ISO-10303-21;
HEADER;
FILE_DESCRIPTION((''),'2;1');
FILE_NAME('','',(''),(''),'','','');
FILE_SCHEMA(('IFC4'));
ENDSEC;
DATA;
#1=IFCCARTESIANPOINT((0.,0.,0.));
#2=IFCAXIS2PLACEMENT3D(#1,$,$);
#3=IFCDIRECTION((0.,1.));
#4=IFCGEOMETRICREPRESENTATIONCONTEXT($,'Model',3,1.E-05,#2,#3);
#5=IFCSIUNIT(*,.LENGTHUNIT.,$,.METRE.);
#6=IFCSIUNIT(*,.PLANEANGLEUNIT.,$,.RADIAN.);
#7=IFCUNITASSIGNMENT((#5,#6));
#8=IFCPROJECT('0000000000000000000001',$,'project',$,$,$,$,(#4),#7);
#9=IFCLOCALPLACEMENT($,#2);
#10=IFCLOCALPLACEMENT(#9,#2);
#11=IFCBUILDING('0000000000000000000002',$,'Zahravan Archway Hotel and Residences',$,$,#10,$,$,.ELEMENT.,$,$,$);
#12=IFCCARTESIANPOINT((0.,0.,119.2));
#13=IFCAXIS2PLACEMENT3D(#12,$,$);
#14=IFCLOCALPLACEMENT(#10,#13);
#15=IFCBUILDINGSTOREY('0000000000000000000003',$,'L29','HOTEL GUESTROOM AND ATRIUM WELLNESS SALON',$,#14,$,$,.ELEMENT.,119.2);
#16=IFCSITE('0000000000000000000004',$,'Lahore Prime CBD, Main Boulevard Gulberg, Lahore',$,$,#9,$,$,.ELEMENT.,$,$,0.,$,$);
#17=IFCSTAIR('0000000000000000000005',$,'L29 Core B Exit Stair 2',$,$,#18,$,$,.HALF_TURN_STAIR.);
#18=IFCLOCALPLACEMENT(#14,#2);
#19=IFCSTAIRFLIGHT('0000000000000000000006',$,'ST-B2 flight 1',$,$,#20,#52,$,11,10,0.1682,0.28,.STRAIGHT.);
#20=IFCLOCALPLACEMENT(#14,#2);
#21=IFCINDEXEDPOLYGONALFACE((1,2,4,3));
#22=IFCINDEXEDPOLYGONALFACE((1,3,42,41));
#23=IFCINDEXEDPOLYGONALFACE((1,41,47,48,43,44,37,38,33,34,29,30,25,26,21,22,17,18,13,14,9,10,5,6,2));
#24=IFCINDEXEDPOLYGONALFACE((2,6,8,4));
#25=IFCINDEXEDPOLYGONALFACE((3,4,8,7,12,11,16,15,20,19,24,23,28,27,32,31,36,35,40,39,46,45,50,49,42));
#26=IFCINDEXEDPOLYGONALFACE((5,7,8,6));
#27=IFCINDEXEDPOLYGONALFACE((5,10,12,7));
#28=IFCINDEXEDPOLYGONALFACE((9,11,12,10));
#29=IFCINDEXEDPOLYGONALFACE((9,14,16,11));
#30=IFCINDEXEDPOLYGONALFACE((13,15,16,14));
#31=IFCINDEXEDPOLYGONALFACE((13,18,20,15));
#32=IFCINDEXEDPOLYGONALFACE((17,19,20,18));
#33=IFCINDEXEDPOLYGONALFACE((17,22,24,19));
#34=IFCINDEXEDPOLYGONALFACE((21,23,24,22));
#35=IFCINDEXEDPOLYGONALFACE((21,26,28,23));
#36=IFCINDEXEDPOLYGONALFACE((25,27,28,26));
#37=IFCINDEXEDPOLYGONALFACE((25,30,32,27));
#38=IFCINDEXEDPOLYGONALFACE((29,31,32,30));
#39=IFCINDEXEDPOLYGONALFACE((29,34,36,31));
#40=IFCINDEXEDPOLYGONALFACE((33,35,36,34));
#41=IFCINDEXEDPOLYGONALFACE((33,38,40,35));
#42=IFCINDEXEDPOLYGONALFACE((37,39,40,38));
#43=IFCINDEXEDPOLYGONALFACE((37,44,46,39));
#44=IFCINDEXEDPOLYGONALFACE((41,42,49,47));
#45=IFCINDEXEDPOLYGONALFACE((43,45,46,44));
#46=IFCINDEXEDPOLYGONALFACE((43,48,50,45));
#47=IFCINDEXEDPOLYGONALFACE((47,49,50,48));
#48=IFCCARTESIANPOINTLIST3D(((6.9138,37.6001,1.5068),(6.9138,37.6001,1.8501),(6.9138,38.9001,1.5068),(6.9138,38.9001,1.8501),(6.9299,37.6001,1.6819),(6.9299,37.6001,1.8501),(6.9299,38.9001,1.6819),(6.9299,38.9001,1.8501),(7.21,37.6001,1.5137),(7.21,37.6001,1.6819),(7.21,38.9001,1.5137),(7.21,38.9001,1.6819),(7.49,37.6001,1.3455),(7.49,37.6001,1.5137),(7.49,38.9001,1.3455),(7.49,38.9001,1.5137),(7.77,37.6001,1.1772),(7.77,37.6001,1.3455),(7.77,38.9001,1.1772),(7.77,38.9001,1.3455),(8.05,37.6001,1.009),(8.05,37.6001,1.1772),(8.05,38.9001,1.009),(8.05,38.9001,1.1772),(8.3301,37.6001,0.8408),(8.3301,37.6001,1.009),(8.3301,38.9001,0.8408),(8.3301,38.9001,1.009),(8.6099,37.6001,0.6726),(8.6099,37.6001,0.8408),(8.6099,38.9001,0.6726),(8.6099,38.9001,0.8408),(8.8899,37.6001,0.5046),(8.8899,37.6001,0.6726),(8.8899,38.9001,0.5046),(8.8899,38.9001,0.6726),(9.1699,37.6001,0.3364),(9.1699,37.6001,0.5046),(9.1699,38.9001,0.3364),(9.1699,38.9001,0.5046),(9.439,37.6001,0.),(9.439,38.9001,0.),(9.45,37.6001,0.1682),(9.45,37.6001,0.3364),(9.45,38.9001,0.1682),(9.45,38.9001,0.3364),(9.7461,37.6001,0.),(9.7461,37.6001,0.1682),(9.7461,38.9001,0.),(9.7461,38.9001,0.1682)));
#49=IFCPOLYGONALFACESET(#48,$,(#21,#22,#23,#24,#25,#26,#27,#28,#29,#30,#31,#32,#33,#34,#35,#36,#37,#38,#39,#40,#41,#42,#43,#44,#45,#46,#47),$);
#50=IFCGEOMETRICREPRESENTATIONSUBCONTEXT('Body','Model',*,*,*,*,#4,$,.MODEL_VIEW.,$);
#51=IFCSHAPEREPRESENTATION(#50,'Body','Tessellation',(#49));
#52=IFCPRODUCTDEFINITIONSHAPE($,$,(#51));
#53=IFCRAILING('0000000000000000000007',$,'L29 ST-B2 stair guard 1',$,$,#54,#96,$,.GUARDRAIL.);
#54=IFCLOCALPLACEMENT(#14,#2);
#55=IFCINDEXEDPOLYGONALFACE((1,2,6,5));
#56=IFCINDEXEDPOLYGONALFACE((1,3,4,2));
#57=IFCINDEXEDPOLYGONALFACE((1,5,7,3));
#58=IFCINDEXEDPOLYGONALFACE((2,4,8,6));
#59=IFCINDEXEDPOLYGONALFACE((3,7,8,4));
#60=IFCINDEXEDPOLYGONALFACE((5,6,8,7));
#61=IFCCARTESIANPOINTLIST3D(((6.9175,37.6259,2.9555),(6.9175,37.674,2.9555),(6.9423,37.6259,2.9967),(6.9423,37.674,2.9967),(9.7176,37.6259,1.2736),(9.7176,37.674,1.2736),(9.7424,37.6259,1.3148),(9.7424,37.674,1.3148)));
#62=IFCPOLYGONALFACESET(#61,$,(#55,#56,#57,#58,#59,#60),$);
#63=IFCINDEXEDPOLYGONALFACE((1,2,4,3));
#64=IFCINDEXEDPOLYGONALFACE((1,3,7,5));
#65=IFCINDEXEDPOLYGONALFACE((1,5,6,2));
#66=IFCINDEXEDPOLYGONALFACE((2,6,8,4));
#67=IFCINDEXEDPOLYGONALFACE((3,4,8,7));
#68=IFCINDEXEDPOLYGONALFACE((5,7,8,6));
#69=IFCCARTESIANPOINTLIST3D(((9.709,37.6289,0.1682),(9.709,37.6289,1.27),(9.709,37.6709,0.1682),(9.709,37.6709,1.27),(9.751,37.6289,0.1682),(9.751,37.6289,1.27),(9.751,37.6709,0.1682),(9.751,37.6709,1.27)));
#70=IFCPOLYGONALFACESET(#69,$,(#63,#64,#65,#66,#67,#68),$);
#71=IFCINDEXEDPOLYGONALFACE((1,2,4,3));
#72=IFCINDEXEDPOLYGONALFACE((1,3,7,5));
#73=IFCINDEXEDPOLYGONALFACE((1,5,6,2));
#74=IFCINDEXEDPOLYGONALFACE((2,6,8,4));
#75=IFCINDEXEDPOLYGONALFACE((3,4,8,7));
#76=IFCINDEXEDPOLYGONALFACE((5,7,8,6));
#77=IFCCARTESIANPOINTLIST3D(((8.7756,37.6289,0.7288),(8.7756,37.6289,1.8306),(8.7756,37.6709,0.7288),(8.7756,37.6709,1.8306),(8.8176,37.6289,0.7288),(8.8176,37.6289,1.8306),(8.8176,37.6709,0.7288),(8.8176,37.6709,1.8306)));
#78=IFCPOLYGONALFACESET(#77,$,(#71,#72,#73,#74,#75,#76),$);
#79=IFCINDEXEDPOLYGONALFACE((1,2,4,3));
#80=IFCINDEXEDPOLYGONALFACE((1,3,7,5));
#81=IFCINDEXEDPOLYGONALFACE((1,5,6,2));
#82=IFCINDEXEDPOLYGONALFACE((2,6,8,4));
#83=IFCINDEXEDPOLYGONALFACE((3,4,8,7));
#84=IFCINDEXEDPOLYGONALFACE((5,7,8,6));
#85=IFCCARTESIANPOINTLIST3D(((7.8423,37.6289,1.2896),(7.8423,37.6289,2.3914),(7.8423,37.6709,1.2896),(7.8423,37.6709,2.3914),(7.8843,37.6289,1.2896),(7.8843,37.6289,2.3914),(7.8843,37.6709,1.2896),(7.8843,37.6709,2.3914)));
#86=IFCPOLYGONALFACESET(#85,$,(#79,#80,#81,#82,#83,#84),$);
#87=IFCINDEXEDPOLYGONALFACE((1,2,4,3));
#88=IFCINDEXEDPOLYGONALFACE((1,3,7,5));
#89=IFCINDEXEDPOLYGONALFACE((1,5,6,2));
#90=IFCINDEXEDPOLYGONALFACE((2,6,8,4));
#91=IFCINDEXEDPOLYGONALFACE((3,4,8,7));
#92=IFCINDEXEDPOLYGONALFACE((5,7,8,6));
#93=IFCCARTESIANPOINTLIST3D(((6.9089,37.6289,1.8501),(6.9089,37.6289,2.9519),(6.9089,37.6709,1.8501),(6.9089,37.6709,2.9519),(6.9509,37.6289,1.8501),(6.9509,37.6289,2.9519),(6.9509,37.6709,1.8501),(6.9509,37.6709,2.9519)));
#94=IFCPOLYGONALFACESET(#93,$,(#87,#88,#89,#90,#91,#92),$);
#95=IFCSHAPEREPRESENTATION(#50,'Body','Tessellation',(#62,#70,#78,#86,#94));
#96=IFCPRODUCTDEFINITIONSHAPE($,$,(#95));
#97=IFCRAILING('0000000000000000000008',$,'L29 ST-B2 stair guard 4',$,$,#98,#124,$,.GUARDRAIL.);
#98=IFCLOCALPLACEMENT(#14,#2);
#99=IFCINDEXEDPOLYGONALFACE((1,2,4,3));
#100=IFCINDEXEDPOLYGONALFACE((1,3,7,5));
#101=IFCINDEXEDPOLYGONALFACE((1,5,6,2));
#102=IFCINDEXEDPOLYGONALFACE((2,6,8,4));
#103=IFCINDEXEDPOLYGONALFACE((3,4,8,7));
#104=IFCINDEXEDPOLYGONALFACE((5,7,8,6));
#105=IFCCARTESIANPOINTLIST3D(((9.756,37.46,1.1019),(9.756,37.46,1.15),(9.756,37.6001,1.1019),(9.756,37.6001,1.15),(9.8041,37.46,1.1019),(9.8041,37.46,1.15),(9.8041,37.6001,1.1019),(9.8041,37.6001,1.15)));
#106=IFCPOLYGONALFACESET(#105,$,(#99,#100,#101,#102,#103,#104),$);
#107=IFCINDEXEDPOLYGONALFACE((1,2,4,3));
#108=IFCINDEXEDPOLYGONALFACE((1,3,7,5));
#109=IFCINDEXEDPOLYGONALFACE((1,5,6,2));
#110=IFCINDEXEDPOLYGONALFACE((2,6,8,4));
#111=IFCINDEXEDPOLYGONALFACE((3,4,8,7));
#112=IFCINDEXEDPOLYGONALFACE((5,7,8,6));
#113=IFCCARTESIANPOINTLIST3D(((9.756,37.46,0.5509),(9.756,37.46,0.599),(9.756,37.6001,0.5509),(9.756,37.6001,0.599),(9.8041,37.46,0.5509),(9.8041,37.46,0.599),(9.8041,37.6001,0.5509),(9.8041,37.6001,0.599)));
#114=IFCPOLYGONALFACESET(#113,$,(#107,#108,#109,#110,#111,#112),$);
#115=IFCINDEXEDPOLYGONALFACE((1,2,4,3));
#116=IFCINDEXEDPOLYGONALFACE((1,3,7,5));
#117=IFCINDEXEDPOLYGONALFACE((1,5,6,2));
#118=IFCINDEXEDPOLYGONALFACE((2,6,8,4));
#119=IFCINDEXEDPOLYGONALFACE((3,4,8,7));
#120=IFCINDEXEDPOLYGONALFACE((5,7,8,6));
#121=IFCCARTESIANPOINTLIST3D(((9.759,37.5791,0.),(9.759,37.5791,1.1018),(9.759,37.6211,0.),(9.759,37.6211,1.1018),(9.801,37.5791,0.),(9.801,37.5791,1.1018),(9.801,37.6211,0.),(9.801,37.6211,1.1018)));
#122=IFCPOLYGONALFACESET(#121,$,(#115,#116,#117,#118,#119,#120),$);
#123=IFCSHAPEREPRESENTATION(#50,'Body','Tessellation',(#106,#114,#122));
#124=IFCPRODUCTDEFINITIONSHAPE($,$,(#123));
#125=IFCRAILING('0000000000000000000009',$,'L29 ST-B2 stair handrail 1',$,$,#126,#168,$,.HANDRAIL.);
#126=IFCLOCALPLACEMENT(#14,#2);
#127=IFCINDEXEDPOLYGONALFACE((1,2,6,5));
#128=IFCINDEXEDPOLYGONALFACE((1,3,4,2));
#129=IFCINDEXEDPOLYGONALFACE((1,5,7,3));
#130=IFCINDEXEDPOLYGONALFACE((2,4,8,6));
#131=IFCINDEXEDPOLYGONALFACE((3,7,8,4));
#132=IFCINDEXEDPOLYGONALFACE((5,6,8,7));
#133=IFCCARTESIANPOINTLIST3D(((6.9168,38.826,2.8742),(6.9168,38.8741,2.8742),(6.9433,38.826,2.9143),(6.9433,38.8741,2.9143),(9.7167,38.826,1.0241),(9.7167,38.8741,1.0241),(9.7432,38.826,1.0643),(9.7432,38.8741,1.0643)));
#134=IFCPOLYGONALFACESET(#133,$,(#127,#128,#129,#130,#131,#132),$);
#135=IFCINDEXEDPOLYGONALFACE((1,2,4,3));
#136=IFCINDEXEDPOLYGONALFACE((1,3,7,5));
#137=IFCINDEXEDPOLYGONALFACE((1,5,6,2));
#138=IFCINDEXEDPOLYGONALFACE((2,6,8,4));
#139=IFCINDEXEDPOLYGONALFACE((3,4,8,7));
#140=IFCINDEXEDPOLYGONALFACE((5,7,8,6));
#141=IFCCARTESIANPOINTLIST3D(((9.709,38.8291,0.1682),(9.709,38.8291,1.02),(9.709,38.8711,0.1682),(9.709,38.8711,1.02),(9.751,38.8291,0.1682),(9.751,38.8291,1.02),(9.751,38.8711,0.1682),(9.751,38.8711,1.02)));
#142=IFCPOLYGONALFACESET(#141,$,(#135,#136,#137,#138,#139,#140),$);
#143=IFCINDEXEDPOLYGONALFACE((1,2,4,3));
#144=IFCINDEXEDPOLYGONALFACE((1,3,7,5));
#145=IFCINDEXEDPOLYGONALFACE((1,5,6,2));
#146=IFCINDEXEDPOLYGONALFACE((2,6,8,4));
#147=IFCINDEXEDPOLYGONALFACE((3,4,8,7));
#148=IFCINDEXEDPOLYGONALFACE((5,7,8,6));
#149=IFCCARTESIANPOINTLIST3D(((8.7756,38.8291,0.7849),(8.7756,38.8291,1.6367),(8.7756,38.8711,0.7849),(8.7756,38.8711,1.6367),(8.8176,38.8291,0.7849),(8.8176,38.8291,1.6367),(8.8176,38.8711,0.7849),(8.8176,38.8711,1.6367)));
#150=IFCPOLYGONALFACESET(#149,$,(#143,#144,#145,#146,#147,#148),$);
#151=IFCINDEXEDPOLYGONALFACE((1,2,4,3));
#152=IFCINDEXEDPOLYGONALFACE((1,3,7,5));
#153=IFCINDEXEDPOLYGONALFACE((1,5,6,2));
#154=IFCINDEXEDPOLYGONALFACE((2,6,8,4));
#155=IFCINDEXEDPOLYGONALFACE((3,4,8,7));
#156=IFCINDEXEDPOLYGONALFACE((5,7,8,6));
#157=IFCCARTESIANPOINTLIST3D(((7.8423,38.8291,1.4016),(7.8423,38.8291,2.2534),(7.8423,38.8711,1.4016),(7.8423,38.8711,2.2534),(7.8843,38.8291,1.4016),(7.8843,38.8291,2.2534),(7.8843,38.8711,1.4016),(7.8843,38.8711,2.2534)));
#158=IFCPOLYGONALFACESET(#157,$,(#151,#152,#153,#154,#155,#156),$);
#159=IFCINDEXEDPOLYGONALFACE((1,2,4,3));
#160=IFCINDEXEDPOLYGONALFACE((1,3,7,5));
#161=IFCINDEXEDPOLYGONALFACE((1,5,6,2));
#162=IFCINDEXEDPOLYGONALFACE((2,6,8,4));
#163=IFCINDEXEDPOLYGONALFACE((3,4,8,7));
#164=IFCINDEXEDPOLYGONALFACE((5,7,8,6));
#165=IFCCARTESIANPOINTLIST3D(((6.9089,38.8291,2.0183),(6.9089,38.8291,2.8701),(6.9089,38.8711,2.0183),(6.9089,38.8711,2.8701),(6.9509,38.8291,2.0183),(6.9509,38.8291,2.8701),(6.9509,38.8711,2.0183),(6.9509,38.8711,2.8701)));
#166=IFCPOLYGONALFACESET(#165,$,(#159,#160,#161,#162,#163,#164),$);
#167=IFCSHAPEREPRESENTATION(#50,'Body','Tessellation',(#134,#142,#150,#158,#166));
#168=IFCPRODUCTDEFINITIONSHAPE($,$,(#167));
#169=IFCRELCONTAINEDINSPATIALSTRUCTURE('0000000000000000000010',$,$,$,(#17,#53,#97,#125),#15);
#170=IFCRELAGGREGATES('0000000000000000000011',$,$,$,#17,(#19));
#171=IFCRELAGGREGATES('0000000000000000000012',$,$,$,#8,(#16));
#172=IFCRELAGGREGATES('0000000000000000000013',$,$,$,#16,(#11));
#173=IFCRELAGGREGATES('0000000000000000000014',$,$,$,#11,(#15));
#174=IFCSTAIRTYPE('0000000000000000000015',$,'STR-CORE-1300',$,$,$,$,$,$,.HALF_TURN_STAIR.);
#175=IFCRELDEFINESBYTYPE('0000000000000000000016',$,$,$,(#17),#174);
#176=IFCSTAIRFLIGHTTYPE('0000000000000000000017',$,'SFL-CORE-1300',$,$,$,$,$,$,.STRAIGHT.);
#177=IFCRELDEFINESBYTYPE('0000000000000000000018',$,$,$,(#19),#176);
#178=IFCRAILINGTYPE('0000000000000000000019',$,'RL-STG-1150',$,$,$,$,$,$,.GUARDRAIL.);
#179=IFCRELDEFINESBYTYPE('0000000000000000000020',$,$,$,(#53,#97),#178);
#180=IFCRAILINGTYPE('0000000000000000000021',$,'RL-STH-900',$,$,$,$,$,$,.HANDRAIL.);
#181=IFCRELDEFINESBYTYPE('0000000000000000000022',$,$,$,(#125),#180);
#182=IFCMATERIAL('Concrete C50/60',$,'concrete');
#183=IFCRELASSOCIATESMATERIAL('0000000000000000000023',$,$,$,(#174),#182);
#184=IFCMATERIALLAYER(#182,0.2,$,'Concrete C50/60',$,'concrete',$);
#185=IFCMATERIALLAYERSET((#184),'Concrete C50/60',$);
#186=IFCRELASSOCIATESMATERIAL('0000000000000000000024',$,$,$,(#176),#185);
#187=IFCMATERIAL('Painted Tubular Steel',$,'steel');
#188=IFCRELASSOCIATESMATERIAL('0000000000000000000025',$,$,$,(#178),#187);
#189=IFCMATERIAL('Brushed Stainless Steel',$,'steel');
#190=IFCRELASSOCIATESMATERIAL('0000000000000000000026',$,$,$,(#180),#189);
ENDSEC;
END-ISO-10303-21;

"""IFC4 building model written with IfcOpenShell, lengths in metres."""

from ifc_helpers import new_model, si_unit, direction, frame, origin, origin_2d, place, context, subcontext, project, spatial, polyline, rectangle, outline, extrude, source, transform, mapped, material, layer, layer_set, type_object, element, aggregate, save


model = new_model("IFC4")

# Units and contexts
model_context = context("Model", 3, precision=1e-05, world=origin(), true_north=direction((0.0, 1.0)))
body_context = subcontext(model_context, "Body", "Model", "MODEL_VIEW")
ifc_project = project(units=[si_unit("LENGTHUNIT", "METRE"), si_unit("PLANEANGLEUNIT", "RADIAN")], contexts=[model_context])

# Site, building, storey
site_placement = place(None, origin())
site = spatial("IfcSite", under=ifc_project, at=site_placement, Name="Lahore Prime CBD, Main Boulevard Gulberg, Lahore", CompositionType="ELEMENT", RefElevation=0.0)
building_placement = place(site_placement, origin())
building = spatial("IfcBuilding", under=site, at=building_placement, Name="Zahravan Archway Hotel and Residences", CompositionType="ELEMENT")
storey_placement = place(building_placement, frame((0.0, 0.0, 119.2)))
storey = spatial("IfcBuildingStorey", under=building, at=storey_placement, Name="L29", Description="HOTEL GUESTROOM AND ATRIUM WELLNESS SALON", CompositionType="ELEMENT", Elevation=119.2)

# Shared definitions
ifc_material_1 = material(Name="Concrete C50/60", Category="concrete")

# Stair, stair flight
stair_type = type_object("IfcStairType", Name="STR-CORE-1300", PredefinedType="HALF_TURN_STAIR", material=ifc_material_1)
stair_placement = place(storey_placement, origin())
stair = element("IfcStair", 1, at=stair_placement, inside=storey, type_object=stair_type, Name="L29 Core B Exit Stair 2", PredefinedType="HALF_TURN_STAIR")
ifc_layer_1 = layer(ifc_material_1, 0.2, Name="Concrete C50/60", Category="concrete")
ifc_layer_set_1 = layer_set([ifc_layer_1], Name="Concrete C50/60")
stair_flight_type = type_object("IfcStairFlightType", Name="SFL-CORE-1300", PredefinedType="STRAIGHT", material=ifc_layer_set_1)
shared_shape_1 = source(origin(), body_context, "Body", "SweptSolid", [
    extrude(outline(polyline([(-0.0161, 0.0), (-0.0161, 0.1682), (0.28, 0.1682), (0.28, 0.3364), (0.5601, 0.3364), (0.5601, 0.5046), (0.8401, 0.5046), (0.8401, 0.6726), (1.1201, 0.6726), (1.1201, 0.8408), (1.3999, 0.8408), (1.3999, 1.009), (1.6799, 1.009), (1.6799, 1.1772), (1.96, 1.1772), (1.96, 1.3455), (2.24, 1.3455), (2.24, 1.5137), (2.52, 1.5137), (2.52, 1.6819), (2.8, 1.6819), (2.8, 1.8501), (2.8162, 1.8501), (2.8162, 1.5068), (0.291, 0.0), (-0.0161, 0.0)])), frame((0.0, 0.6499, 0.0), z_axis=(0.0, -1.0, 0.0), x_axis=(1.0, 0.0, 0.0)), (0.0, 0.0, 1.0), 1.3),
])
stair_flight_placement = place(storey_placement, frame((9.73, 38.25, 0.0), z_axis=(0.0, 0.0, 1.0), x_axis=(-1.0, 0.0, 0.0)))
stair_flight = element("IfcStairFlight", 2, at=stair_flight_placement, type_object=stair_flight_type, Name="ST-B2 flight 1", NumberOfRisers=11, NumberOfTreads=10, PredefinedType="STRAIGHT", RiserHeight=0.1682, TreadLength=0.28, context=body_context, shape_type="MappedRepresentation", body=[
    mapped(shared_shape_1, transform((0.0, 0.0, 0.0), scale=1.0)),
])
aggregate(stair, [stair_flight])

# Railings
ifc_material_2 = material(Name="Painted Tubular Steel", Category="steel")
railing_type_1 = type_object("IfcRailingType", Name="RL-STG-1150", PredefinedType="GUARDRAIL", material=ifc_material_2)
railing_1_placement = place(storey_placement, frame((9.73, 37.6499, 0.1682)))
element("IfcRailing", 3, at=railing_1_placement, inside=storey, type_object=railing_type_1, Name="L29 ST-B2 stair guard 1", PredefinedType="GUARDRAIL", context=body_context, shape_type="SweptSolid", body=[
    extrude(rectangle(XDim=0.0481, YDim=0.0481, at=origin_2d()), frame((0.0, 0.0, 1.126), z_axis=(-0.857242, 0.0, 0.514913), x_axis=(0.0, -1.0, 0.0)), (0.0, 0.0, 1.0), 3.2664),
    extrude(rectangle(XDim=0.042, YDim=0.042, at=origin_2d()), origin(), (0.0, 0.0, 1.0), 1.1018),
    extrude(rectangle(XDim=0.042, YDim=0.042, at=origin_2d()), frame((-0.9333, 0.0, 0.5605)), (0.0, 0.0, 1.0), 1.1018),
    extrude(rectangle(XDim=0.042, YDim=0.042, at=origin_2d()), frame((-1.8667, 0.0, 1.1213)), (0.0, 0.0, 1.0), 1.1018),
    extrude(rectangle(XDim=0.042, YDim=0.042, at=origin_2d()), frame((-2.8, 0.0, 1.6819)), (0.0, 0.0, 1.0), 1.1018),
])
railing_2_placement = place(storey_placement, frame((9.78, 37.6001, 0.0)))
element("IfcRailing", 4, at=railing_2_placement, inside=storey, type_object=railing_type_1, Name="L29 ST-B2 stair guard 4", PredefinedType="GUARDRAIL", context=body_context, shape_type="SweptSolid", body=[
    extrude(rectangle(XDim=0.0481, YDim=0.0481, at=origin_2d()), frame((0.0, 0.0, 1.126), z_axis=(0.0, -1.0, 0.0), x_axis=(1.0, 0.0, 0.0)), (0.0, 0.0, 1.0), 0.1401),
    extrude(rectangle(XDim=0.0481, YDim=0.0481, at=origin_2d()), frame((0.0, 0.0, 0.575), z_axis=(0.0, -1.0, 0.0), x_axis=(1.0, 0.0, 0.0)), (0.0, 0.0, 1.0), 0.1401),
    extrude(rectangle(XDim=0.042, YDim=0.042, at=origin_2d()), origin(), (0.0, 0.0, 1.0), 1.1018),
])
ifc_material_3 = material(Name="Brushed Stainless Steel", Category="steel")
railing_type_2 = type_object("IfcRailingType", Name="RL-STH-900", PredefinedType="HANDRAIL", material=ifc_material_3)
railing_3_placement = place(storey_placement, frame((9.73, 38.8501, 0.1682)))
element("IfcRailing", 5, at=railing_3_placement, inside=storey, type_object=railing_type_2, Name="L29 ST-B2 stair handrail 1", PredefinedType="HANDRAIL", context=body_context, shape_type="SweptSolid", body=[
    extrude(rectangle(XDim=0.0481, YDim=0.0481, at=origin_2d()), frame((0.0, 0.0, 0.876), z_axis=(-0.834326, 0.0, 0.551271), x_axis=(0.0, -1.0, 0.0)), (0.0, 0.0, 1.0), 3.356),
    extrude(rectangle(XDim=0.042, YDim=0.042, at=origin_2d()), origin(), (0.0, 0.0, 1.0), 0.8518),
    extrude(rectangle(XDim=0.042, YDim=0.042, at=origin_2d()), frame((-0.9333, 0.0, 0.6167)), (0.0, 0.0, 1.0), 0.8518),
    extrude(rectangle(XDim=0.042, YDim=0.042, at=origin_2d()), frame((-1.8667, 0.0, 1.2334)), (0.0, 0.0, 1.0), 0.8518),
    extrude(rectangle(XDim=0.042, YDim=0.042, at=origin_2d()), frame((-2.8, 0.0, 1.8501)), (0.0, 0.0, 1.0), 0.8518),
])

save(model, "model.ifc")
